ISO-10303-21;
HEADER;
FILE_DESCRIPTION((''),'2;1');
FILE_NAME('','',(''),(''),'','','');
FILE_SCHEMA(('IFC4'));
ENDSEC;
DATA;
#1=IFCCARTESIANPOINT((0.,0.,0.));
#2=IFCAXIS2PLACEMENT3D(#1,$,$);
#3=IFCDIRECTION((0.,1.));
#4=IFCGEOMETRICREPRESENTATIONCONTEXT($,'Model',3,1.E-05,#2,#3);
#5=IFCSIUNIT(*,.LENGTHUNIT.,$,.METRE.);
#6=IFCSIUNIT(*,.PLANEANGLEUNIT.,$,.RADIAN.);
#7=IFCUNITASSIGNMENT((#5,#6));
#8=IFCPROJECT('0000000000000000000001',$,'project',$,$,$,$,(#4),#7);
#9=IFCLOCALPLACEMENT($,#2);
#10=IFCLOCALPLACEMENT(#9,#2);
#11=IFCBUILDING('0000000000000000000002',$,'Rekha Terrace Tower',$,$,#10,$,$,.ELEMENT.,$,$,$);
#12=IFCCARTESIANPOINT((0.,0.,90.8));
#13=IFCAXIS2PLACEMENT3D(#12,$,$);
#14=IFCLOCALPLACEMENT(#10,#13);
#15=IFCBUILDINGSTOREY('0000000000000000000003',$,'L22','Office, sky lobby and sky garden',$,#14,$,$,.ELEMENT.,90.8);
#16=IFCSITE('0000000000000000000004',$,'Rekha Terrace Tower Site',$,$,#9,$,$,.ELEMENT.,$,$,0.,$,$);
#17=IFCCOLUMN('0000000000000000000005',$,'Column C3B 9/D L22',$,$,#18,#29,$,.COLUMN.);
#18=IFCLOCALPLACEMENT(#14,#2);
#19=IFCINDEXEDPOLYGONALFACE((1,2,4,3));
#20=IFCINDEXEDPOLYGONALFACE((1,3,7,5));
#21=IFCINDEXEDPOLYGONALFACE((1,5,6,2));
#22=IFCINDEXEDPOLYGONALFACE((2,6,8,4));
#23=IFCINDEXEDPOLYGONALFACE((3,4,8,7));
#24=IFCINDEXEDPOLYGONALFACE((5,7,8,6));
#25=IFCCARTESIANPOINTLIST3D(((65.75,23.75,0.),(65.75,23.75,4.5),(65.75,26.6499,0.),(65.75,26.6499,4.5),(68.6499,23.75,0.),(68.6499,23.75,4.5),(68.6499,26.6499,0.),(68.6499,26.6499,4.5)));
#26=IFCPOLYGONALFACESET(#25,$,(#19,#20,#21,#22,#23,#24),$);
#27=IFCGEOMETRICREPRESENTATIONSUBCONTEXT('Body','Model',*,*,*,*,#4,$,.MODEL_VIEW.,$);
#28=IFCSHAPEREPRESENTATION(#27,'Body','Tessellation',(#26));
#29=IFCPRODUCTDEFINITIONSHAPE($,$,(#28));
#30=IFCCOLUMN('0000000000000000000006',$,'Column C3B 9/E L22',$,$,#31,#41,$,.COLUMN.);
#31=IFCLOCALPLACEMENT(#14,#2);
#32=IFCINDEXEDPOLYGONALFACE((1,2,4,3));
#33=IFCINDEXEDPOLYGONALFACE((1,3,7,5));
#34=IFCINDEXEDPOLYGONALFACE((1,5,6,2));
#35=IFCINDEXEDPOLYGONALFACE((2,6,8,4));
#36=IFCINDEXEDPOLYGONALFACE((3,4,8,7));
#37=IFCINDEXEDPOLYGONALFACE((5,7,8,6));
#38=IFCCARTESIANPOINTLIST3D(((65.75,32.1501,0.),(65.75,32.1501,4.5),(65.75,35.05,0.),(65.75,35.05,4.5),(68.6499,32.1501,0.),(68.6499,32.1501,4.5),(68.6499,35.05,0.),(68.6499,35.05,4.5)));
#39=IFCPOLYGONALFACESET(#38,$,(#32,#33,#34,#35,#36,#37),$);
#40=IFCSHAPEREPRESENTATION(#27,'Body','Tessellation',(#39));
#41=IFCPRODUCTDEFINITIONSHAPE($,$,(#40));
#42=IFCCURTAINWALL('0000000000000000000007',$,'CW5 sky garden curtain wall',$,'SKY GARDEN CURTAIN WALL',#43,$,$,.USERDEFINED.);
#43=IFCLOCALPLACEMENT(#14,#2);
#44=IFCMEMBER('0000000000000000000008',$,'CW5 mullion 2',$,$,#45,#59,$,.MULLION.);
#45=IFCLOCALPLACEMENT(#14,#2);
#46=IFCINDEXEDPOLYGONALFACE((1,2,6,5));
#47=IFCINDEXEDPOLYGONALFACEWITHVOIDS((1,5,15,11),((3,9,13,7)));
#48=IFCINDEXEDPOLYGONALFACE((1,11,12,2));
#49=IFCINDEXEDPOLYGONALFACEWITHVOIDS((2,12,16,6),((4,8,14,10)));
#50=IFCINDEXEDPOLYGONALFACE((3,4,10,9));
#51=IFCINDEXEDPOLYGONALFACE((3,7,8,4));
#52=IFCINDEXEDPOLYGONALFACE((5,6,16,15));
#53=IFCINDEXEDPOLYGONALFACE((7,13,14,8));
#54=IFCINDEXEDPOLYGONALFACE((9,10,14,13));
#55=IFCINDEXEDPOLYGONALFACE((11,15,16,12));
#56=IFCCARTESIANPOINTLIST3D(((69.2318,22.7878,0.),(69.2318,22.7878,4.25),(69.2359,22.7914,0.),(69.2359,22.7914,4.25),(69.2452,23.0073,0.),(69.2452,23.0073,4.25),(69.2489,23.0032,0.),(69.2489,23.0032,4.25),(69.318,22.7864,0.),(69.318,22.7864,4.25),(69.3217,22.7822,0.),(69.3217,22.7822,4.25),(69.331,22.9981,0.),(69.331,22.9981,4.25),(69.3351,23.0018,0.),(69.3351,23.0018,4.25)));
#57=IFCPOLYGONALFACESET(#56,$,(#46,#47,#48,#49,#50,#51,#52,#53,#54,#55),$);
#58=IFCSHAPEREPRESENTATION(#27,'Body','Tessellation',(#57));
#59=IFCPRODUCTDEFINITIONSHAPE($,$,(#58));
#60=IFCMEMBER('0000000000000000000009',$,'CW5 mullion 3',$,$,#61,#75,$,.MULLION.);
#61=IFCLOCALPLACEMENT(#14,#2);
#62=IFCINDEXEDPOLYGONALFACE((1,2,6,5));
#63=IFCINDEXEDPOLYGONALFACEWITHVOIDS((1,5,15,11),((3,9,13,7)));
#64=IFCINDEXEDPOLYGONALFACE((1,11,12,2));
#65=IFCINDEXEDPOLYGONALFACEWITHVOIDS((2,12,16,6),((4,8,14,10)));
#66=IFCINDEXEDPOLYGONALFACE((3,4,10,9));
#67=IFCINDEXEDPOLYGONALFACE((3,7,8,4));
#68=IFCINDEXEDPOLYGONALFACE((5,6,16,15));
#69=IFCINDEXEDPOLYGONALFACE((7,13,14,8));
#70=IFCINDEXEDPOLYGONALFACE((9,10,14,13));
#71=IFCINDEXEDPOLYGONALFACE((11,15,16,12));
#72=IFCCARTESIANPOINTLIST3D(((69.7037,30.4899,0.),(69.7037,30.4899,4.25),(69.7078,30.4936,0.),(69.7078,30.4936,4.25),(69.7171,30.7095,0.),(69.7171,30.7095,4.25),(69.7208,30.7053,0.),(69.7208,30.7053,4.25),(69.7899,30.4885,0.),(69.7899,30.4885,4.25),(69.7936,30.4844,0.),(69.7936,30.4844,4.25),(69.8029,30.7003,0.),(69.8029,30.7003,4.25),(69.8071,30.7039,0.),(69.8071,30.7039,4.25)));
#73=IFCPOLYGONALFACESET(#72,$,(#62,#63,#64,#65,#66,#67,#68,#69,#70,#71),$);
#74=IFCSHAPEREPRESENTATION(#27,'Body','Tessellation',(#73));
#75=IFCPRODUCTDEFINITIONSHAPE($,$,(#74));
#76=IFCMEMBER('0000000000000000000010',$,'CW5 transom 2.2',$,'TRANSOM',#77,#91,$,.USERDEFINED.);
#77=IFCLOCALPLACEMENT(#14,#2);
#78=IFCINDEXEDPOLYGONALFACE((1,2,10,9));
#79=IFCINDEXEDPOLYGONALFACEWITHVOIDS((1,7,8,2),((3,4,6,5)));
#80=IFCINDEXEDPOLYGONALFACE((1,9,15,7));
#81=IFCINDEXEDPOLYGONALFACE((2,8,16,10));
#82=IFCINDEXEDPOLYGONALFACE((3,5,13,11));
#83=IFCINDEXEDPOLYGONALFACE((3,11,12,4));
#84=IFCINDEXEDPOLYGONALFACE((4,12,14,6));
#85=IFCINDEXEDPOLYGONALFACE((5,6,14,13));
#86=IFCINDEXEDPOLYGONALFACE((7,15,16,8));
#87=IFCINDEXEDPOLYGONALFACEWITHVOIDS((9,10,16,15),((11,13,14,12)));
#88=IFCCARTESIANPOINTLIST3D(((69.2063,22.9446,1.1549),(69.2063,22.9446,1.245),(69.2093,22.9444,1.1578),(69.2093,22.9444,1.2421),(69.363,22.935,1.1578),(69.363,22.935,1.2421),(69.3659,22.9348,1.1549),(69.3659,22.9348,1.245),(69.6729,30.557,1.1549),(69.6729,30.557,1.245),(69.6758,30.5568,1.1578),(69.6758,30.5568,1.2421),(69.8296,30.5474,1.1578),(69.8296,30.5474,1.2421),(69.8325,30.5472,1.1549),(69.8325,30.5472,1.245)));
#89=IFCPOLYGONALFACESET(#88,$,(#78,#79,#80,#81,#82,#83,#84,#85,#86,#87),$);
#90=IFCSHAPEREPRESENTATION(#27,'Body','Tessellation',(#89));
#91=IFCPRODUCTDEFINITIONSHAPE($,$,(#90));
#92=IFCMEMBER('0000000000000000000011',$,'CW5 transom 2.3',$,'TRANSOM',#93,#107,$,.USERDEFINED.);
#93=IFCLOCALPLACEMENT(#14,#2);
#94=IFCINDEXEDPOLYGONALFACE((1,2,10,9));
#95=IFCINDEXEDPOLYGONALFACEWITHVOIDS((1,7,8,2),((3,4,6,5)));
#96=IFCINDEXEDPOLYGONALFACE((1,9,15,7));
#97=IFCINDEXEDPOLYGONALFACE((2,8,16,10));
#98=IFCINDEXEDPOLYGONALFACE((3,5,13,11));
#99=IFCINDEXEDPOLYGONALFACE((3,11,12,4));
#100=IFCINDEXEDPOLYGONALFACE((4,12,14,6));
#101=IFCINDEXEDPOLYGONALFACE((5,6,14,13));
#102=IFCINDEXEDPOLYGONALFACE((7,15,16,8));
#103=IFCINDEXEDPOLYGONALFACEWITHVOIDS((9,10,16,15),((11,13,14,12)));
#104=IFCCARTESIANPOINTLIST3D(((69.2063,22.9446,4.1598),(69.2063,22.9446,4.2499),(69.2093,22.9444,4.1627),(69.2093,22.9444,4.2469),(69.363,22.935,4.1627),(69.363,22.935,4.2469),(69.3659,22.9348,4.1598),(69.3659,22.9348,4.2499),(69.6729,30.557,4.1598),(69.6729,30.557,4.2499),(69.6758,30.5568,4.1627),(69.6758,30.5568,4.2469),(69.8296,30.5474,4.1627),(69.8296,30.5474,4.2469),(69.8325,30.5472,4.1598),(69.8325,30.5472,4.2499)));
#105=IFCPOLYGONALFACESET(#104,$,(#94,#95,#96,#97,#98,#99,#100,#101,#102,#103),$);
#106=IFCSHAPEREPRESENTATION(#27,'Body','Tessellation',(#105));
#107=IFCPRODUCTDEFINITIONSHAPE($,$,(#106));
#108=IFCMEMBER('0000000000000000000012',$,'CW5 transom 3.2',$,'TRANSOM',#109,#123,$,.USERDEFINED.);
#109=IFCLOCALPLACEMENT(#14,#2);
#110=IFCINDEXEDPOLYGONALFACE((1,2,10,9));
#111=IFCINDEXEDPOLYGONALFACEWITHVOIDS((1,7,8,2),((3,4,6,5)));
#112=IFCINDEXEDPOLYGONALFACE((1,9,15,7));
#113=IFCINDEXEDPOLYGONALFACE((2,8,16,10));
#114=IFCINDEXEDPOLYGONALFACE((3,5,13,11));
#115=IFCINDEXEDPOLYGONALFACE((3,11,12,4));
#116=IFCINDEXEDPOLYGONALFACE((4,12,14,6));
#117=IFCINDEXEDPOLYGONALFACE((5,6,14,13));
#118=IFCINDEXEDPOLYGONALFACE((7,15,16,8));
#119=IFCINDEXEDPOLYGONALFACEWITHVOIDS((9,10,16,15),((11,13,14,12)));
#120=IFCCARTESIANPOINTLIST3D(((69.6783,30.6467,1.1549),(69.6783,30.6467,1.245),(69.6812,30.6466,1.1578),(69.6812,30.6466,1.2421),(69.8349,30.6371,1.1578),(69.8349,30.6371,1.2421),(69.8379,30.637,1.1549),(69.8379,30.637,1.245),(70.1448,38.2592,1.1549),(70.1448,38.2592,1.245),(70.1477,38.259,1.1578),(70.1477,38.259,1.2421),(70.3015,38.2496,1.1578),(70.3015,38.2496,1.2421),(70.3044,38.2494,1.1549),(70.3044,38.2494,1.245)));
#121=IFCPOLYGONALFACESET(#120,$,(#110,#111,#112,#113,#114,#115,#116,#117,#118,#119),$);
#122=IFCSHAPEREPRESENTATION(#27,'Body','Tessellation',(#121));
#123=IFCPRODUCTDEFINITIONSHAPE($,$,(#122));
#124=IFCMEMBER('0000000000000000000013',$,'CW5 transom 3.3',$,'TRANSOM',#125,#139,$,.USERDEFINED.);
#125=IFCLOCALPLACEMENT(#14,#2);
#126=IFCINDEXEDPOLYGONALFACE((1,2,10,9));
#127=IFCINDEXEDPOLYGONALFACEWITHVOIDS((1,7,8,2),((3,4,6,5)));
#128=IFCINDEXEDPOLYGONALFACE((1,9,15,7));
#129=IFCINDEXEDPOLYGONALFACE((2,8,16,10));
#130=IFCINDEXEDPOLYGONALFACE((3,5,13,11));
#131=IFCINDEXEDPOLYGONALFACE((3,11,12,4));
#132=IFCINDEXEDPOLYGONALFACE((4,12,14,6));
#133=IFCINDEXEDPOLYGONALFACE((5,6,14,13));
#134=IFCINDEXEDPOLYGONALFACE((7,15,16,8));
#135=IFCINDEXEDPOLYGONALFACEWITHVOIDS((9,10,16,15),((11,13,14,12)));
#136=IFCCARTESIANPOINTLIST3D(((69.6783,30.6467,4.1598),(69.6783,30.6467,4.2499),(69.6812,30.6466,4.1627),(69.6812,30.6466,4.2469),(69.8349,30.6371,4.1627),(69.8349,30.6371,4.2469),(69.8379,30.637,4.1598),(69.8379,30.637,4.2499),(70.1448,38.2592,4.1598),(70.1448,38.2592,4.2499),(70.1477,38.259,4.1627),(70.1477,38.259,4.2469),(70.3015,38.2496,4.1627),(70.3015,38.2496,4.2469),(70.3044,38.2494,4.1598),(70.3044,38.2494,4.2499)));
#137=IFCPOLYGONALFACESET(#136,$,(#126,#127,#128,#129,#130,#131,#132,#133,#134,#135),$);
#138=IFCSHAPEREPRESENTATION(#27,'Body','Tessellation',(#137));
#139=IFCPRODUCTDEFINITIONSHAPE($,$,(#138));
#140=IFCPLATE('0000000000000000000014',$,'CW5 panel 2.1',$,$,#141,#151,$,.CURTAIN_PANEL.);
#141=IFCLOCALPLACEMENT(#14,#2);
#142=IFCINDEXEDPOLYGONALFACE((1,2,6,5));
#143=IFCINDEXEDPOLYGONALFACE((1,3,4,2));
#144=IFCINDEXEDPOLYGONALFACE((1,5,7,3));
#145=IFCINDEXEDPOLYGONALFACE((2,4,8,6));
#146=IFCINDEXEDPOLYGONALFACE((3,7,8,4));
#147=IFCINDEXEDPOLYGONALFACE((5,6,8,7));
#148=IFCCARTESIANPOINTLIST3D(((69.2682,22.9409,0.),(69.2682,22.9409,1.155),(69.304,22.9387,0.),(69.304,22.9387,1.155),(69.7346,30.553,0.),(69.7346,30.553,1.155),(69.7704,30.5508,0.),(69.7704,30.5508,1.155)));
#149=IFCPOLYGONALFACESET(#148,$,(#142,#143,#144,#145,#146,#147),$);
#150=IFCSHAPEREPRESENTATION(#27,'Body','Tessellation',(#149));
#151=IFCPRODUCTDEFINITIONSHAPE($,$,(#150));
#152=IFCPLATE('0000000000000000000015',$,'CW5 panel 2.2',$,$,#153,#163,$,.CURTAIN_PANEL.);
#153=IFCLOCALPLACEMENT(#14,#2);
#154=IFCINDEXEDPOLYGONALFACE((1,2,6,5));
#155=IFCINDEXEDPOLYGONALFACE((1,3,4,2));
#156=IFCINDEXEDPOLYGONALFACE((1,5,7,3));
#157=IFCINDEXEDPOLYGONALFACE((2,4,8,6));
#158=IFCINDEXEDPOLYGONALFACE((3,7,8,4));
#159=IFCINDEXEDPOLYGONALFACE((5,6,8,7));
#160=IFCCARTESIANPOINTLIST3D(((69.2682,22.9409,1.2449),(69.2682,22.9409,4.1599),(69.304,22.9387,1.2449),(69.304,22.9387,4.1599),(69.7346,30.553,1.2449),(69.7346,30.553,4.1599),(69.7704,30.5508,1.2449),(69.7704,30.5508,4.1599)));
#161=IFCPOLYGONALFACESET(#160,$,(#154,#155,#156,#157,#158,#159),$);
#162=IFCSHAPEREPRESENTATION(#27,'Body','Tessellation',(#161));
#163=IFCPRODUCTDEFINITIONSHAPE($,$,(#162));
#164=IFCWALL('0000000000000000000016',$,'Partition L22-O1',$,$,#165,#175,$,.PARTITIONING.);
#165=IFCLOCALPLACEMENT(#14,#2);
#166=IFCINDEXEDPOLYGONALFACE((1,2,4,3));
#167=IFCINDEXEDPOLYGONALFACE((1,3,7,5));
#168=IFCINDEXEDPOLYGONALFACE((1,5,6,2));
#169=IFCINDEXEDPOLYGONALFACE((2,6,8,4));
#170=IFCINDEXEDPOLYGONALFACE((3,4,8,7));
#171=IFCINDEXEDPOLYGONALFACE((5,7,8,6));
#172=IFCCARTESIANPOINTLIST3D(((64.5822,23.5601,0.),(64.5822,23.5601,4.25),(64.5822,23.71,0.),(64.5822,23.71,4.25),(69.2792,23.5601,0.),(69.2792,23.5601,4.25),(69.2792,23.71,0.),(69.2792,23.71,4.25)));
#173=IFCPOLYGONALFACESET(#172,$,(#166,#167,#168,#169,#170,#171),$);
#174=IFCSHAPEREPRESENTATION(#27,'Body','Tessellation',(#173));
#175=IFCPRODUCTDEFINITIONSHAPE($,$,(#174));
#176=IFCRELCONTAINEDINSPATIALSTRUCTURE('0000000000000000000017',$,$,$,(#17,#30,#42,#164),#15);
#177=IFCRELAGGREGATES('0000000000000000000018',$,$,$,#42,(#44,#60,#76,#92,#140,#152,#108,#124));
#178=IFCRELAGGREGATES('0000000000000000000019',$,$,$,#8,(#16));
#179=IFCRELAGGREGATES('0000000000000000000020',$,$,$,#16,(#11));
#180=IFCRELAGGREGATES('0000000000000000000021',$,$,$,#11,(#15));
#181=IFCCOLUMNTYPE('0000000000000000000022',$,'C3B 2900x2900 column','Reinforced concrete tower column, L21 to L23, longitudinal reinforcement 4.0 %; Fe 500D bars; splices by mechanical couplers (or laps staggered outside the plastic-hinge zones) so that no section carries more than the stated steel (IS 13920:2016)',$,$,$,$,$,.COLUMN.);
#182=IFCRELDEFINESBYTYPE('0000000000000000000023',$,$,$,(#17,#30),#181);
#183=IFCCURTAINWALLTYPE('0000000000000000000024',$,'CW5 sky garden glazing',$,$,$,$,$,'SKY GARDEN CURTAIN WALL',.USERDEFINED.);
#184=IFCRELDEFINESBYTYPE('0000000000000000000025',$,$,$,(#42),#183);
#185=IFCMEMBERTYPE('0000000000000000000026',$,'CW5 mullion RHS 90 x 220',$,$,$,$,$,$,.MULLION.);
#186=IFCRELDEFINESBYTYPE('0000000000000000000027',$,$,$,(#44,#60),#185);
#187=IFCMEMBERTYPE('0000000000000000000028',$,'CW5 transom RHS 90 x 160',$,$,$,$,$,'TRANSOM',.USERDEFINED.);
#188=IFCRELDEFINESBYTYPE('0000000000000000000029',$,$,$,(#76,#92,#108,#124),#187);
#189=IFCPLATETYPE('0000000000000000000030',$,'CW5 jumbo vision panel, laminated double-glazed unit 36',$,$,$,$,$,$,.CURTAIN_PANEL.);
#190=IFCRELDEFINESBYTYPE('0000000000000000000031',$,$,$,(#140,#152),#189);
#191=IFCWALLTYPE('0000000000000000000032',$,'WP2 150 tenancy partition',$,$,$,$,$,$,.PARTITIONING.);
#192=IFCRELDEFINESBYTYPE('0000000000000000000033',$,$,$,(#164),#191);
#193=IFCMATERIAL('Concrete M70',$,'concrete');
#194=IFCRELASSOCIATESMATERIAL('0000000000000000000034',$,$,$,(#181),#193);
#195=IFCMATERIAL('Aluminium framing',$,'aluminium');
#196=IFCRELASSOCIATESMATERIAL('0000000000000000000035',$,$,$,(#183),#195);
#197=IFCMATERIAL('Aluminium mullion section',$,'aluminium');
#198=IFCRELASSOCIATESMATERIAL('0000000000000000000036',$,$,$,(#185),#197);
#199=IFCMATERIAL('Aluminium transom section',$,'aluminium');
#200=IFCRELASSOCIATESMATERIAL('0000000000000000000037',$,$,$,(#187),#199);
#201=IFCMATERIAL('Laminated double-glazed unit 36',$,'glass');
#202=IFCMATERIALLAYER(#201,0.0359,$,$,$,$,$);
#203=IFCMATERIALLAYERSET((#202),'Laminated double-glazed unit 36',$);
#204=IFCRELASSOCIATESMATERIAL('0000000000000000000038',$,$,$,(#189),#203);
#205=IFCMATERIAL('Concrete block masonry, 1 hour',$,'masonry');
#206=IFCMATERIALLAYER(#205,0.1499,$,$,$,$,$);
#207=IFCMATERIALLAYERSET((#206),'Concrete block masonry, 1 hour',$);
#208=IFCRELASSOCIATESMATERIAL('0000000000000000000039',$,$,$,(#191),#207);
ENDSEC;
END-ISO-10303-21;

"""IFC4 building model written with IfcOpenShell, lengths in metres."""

from ifc_helpers import new_model, si_unit, direction, frame, frame_2d, origin, origin_2d, place, context, subcontext, project, spatial, rectangle, hollow_rectangle, extrude, material, layer, layer_set, material_profile, profile_set, type_object, element, aggregate, save


model = new_model("IFC4")

# Units and contexts
model_context = context("Model", 3, precision=1e-05, world=origin(), true_north=direction((0.0, 1.0)))
body_context = subcontext(model_context, "Body", "Model", "MODEL_VIEW")
ifc_project = project(units=[si_unit("LENGTHUNIT", "METRE"), si_unit("PLANEANGLEUNIT", "RADIAN")], contexts=[model_context])

# Site, building, storey
site_placement = place(None, origin())
site = spatial("IfcSite", under=ifc_project, at=site_placement, Name="Rekha Terrace Tower Site", CompositionType="ELEMENT", RefElevation=0.0)
building_placement = place(site_placement, origin())
building = spatial("IfcBuilding", under=site, at=building_placement, Name="Rekha Terrace Tower", CompositionType="ELEMENT")
storey_placement = place(building_placement, frame((0.0, 0.0, 90.8)))
storey = spatial("IfcBuildingStorey", under=building, at=storey_placement, Name="L22", Description="Office, sky lobby and sky garden", CompositionType="ELEMENT", Elevation=90.8)

# Columns
ifc_material_1 = material(Name="Concrete M70", Category="concrete")
ifc_material_profile_1 = material_profile(ifc_material_1, rectangle(XDim=2.8999, YDim=2.8999, at=origin_2d()), Name="RC 2900x2900")
ifc_profile_set_1 = profile_set([ifc_material_profile_1], Name="Concrete M70")
column_type = type_object("IfcColumnType", Name="C3B 2900x2900 column", Description="Reinforced concrete tower column, L21 to L23, longitudinal reinforcement 4.0 %; Fe 500D bars; splices by mechanical couplers (or laps staggered outside the plastic-hinge zones) so that no section carries more than the stated steel (IS 13920:2016)", PredefinedType="COLUMN", material=ifc_profile_set_1)
for number, where, z_axis, x_axis, name in (
    (1, (67.2, 25.2, 0.0), (0.0, 0.0, 1.0), (1.0, 0.0, 0.0), "Column C3B 9/D L22"),
    (2, (67.2, 33.6001, 0.0), (0.0, 0.0, 1.0), (1.0, 0.0, 0.0), "Column C3B 9/E L22"),
):
    element("IfcColumn", number, at=place(storey_placement, frame(where, z_axis=z_axis, x_axis=x_axis)), inside=storey, type_object=column_type, Name=name, PredefinedType="COLUMN", context=body_context, shape_type="SweptSolid", body=[
        extrude(rectangle(XDim=2.8999, YDim=2.8999, at=origin_2d()), origin(), (0.0, 0.0, 1.0), 4.5),
    ])

# Curtain wall, members, plates
ifc_material_2 = material(Name="Aluminium framing", Category="aluminium")
curtain_wall_type = type_object("IfcCurtainWallType", Name="CW5 sky garden glazing", ElementType="SKY GARDEN CURTAIN WALL", PredefinedType="USERDEFINED", material=ifc_material_2)
curtain_wall_placement = place(storey_placement, origin())
curtain_wall = element("IfcCurtainWall", 3, at=curtain_wall_placement, inside=storey, type_object=curtain_wall_type, Name="CW5 sky garden curtain wall", ObjectType="SKY GARDEN CURTAIN WALL", PredefinedType="USERDEFINED")
ifc_material_3 = material(Name="Aluminium mullion section", Category="aluminium")
ifc_material_profile_2 = material_profile(ifc_material_3, hollow_rectangle(XDim=0.0901, YDim=0.22, WallThickness=0.0039, at=origin_2d()), Name="AL RHS 90x220")
ifc_profile_set_2 = profile_set([ifc_material_profile_2], Name="Aluminium mullion section")
member_type_1 = type_object("IfcMemberType", Name="CW5 mullion RHS 90 x 220", PredefinedType="MULLION", material=ifc_profile_set_2)
member_1_placement = place(storey_placement, frame((69.2834, 22.8948, 0.0), z_axis=(0.0, 0.0, 1.0), x_axis=(-0.998128, 0.06116, 0.0)))
member_1 = element("IfcMember", 4, at=member_1_placement, type_object=member_type_1, Name="CW5 mullion 2", PredefinedType="MULLION", context=body_context, shape_type="SweptSolid", body=[
    extrude(hollow_rectangle(XDim=0.0901, YDim=0.22, WallThickness=0.0039, at=origin_2d()), origin(), (0.0, 0.0, 1.0), 4.25),
])
member_2_placement = place(storey_placement, frame((69.7554, 30.5969, 0.0), z_axis=(0.0, 0.0, 1.0), x_axis=(-0.998128, 0.06116, 0.0)))
member_2 = element("IfcMember", 5, at=member_2_placement, type_object=member_type_1, Name="CW5 mullion 3", PredefinedType="MULLION", context=body_context, shape_type="SweptSolid", body=[
    extrude(hollow_rectangle(XDim=0.0901, YDim=0.22, WallThickness=0.0039, at=origin_2d()), origin(), (0.0, 0.0, 1.0), 4.25),
])
ifc_material_4 = material(Name="Aluminium transom section", Category="aluminium")
ifc_material_profile_3 = material_profile(ifc_material_4, hollow_rectangle(XDim=0.1599, YDim=0.0901, WallThickness=0.0029, at=origin_2d()), Name="AL RHS 160x90")
ifc_profile_set_3 = profile_set([ifc_material_profile_3], Name="Aluminium transom section")
member_type_2 = type_object("IfcMemberType", Name="CW5 transom RHS 90 x 160", ElementType="TRANSOM", PredefinedType="USERDEFINED", material=ifc_profile_set_3)
member_3_placement = place(storey_placement, frame((69.2861, 22.9397, 1.2), z_axis=(0.061174, 0.998127, 0.0), x_axis=(-0.998127, 0.061174, 0.0)))
member_3 = element("IfcMember", 6, at=member_3_placement, type_object=member_type_2, Name="CW5 transom 2.2", ObjectType="TRANSOM", PredefinedType="USERDEFINED", context=body_context, shape_type="SweptSolid", body=[
    extrude(hollow_rectangle(XDim=0.1599, YDim=0.0901, WallThickness=0.0029, at=origin_2d()), origin(), (0.0, 0.0, 1.0), 7.6267),
])
member_4_placement = place(storey_placement, frame((69.2861, 22.9397, 4.2048), z_axis=(0.061174, 0.998127, 0.0), x_axis=(-0.998127, 0.061174, 0.0)))
member_4 = element("IfcMember", 7, at=member_4_placement, type_object=member_type_2, Name="CW5 transom 2.3", ObjectType="TRANSOM", PredefinedType="USERDEFINED", context=body_context, shape_type="SweptSolid", body=[
    extrude(hollow_rectangle(XDim=0.1599, YDim=0.0901, WallThickness=0.0029, at=origin_2d()), origin(), (0.0, 0.0, 1.0), 7.6267),
])
member_5_placement = place(storey_placement, frame((69.7581, 30.6418, 1.2), z_axis=(0.061174, 0.998127, 0.0), x_axis=(-0.998127, 0.061174, 0.0)))
member_5 = element("IfcMember", 8, at=member_5_placement, type_object=member_type_2, Name="CW5 transom 3.2", ObjectType="TRANSOM", PredefinedType="USERDEFINED", context=body_context, shape_type="SweptSolid", body=[
    extrude(hollow_rectangle(XDim=0.1599, YDim=0.0901, WallThickness=0.0029, at=origin_2d()), origin(), (0.0, 0.0, 1.0), 7.6267),
])
member_6_placement = place(storey_placement, frame((69.7581, 30.6418, 4.2048), z_axis=(0.061174, 0.998127, 0.0), x_axis=(-0.998127, 0.061174, 0.0)))
member_6 = element("IfcMember", 9, at=member_6_placement, type_object=member_type_2, Name="CW5 transom 3.3", ObjectType="TRANSOM", PredefinedType="USERDEFINED", context=body_context, shape_type="SweptSolid", body=[
    extrude(hollow_rectangle(XDim=0.1599, YDim=0.0901, WallThickness=0.0029, at=origin_2d()), origin(), (0.0, 0.0, 1.0), 7.6267),
])
ifc_material_5 = material(Name="Laminated double-glazed unit 36", Category="glass")
ifc_layer_1 = layer(ifc_material_5, 0.0359)
ifc_layer_set_1 = layer_set([ifc_layer_1], Name="Laminated double-glazed unit 36")
plate_type = type_object("IfcPlateType", Name="CW5 jumbo vision panel, laminated double-glazed unit 36", PredefinedType="CURTAIN_PANEL", material=ifc_layer_set_1)
plate_1_placement = place(storey_placement, frame((69.5193, 26.7458, 0.0), z_axis=(0.0, 0.0, 1.0), x_axis=(0.06116, 0.998128, 0.0)))
plate_1 = element("IfcPlate", 10, at=plate_1_placement, type_object=plate_type, Name="CW5 panel 2.1", PredefinedType="CURTAIN_PANEL", context=body_context, shape_type="SweptSolid", body=[
    extrude(rectangle(XDim=7.6265, YDim=0.0359, at=origin_2d()), origin(), (0.0, 0.0, 1.0), 1.155),
])
plate_2_placement = place(storey_placement, frame((69.5193, 26.7458, 1.2449), z_axis=(0.0, 0.0, 1.0), x_axis=(0.06116, 0.998128, 0.0)))
plate_2 = element("IfcPlate", 11, at=plate_2_placement, type_object=plate_type, Name="CW5 panel 2.2", PredefinedType="CURTAIN_PANEL", context=body_context, shape_type="SweptSolid", body=[
    extrude(rectangle(XDim=7.6265, YDim=0.0359, at=origin_2d()), origin(), (0.0, 0.0, 1.0), 2.915),
])
aggregate(curtain_wall, [member_1, member_2, member_3, member_4, plate_1, plate_2, member_5, member_6])

# Wall
ifc_material_6 = material(Name="Concrete block masonry, 1 hour", Category="masonry")
ifc_layer_2 = layer(ifc_material_6, 0.1499)
ifc_layer_set_2 = layer_set([ifc_layer_2], Name="Concrete block masonry, 1 hour")
wall_type_1 = type_object("IfcWallType", Name="WP2 150 tenancy partition", PredefinedType="PARTITIONING", material=ifc_layer_set_2)
wall_1_placement = place(storey_placement, frame((64.582, 23.635, 0.0), z_axis=(0.0, 0.0, 1.0), x_axis=(1.0, 0.0, 0.0)))
element("IfcWall", 12, at=wall_1_placement, inside=storey, type_object=wall_type_1, Name="Partition L22-O1", PredefinedType="PARTITIONING", context=body_context, shape_type="SweptSolid", body=[
    extrude(rectangle(XDim=4.697, YDim=0.1499, at=frame_2d((2.3486, 0.0))), origin(), (0.0, 0.0, 1.0), 4.25),
])

save(model, "model.ifc")
